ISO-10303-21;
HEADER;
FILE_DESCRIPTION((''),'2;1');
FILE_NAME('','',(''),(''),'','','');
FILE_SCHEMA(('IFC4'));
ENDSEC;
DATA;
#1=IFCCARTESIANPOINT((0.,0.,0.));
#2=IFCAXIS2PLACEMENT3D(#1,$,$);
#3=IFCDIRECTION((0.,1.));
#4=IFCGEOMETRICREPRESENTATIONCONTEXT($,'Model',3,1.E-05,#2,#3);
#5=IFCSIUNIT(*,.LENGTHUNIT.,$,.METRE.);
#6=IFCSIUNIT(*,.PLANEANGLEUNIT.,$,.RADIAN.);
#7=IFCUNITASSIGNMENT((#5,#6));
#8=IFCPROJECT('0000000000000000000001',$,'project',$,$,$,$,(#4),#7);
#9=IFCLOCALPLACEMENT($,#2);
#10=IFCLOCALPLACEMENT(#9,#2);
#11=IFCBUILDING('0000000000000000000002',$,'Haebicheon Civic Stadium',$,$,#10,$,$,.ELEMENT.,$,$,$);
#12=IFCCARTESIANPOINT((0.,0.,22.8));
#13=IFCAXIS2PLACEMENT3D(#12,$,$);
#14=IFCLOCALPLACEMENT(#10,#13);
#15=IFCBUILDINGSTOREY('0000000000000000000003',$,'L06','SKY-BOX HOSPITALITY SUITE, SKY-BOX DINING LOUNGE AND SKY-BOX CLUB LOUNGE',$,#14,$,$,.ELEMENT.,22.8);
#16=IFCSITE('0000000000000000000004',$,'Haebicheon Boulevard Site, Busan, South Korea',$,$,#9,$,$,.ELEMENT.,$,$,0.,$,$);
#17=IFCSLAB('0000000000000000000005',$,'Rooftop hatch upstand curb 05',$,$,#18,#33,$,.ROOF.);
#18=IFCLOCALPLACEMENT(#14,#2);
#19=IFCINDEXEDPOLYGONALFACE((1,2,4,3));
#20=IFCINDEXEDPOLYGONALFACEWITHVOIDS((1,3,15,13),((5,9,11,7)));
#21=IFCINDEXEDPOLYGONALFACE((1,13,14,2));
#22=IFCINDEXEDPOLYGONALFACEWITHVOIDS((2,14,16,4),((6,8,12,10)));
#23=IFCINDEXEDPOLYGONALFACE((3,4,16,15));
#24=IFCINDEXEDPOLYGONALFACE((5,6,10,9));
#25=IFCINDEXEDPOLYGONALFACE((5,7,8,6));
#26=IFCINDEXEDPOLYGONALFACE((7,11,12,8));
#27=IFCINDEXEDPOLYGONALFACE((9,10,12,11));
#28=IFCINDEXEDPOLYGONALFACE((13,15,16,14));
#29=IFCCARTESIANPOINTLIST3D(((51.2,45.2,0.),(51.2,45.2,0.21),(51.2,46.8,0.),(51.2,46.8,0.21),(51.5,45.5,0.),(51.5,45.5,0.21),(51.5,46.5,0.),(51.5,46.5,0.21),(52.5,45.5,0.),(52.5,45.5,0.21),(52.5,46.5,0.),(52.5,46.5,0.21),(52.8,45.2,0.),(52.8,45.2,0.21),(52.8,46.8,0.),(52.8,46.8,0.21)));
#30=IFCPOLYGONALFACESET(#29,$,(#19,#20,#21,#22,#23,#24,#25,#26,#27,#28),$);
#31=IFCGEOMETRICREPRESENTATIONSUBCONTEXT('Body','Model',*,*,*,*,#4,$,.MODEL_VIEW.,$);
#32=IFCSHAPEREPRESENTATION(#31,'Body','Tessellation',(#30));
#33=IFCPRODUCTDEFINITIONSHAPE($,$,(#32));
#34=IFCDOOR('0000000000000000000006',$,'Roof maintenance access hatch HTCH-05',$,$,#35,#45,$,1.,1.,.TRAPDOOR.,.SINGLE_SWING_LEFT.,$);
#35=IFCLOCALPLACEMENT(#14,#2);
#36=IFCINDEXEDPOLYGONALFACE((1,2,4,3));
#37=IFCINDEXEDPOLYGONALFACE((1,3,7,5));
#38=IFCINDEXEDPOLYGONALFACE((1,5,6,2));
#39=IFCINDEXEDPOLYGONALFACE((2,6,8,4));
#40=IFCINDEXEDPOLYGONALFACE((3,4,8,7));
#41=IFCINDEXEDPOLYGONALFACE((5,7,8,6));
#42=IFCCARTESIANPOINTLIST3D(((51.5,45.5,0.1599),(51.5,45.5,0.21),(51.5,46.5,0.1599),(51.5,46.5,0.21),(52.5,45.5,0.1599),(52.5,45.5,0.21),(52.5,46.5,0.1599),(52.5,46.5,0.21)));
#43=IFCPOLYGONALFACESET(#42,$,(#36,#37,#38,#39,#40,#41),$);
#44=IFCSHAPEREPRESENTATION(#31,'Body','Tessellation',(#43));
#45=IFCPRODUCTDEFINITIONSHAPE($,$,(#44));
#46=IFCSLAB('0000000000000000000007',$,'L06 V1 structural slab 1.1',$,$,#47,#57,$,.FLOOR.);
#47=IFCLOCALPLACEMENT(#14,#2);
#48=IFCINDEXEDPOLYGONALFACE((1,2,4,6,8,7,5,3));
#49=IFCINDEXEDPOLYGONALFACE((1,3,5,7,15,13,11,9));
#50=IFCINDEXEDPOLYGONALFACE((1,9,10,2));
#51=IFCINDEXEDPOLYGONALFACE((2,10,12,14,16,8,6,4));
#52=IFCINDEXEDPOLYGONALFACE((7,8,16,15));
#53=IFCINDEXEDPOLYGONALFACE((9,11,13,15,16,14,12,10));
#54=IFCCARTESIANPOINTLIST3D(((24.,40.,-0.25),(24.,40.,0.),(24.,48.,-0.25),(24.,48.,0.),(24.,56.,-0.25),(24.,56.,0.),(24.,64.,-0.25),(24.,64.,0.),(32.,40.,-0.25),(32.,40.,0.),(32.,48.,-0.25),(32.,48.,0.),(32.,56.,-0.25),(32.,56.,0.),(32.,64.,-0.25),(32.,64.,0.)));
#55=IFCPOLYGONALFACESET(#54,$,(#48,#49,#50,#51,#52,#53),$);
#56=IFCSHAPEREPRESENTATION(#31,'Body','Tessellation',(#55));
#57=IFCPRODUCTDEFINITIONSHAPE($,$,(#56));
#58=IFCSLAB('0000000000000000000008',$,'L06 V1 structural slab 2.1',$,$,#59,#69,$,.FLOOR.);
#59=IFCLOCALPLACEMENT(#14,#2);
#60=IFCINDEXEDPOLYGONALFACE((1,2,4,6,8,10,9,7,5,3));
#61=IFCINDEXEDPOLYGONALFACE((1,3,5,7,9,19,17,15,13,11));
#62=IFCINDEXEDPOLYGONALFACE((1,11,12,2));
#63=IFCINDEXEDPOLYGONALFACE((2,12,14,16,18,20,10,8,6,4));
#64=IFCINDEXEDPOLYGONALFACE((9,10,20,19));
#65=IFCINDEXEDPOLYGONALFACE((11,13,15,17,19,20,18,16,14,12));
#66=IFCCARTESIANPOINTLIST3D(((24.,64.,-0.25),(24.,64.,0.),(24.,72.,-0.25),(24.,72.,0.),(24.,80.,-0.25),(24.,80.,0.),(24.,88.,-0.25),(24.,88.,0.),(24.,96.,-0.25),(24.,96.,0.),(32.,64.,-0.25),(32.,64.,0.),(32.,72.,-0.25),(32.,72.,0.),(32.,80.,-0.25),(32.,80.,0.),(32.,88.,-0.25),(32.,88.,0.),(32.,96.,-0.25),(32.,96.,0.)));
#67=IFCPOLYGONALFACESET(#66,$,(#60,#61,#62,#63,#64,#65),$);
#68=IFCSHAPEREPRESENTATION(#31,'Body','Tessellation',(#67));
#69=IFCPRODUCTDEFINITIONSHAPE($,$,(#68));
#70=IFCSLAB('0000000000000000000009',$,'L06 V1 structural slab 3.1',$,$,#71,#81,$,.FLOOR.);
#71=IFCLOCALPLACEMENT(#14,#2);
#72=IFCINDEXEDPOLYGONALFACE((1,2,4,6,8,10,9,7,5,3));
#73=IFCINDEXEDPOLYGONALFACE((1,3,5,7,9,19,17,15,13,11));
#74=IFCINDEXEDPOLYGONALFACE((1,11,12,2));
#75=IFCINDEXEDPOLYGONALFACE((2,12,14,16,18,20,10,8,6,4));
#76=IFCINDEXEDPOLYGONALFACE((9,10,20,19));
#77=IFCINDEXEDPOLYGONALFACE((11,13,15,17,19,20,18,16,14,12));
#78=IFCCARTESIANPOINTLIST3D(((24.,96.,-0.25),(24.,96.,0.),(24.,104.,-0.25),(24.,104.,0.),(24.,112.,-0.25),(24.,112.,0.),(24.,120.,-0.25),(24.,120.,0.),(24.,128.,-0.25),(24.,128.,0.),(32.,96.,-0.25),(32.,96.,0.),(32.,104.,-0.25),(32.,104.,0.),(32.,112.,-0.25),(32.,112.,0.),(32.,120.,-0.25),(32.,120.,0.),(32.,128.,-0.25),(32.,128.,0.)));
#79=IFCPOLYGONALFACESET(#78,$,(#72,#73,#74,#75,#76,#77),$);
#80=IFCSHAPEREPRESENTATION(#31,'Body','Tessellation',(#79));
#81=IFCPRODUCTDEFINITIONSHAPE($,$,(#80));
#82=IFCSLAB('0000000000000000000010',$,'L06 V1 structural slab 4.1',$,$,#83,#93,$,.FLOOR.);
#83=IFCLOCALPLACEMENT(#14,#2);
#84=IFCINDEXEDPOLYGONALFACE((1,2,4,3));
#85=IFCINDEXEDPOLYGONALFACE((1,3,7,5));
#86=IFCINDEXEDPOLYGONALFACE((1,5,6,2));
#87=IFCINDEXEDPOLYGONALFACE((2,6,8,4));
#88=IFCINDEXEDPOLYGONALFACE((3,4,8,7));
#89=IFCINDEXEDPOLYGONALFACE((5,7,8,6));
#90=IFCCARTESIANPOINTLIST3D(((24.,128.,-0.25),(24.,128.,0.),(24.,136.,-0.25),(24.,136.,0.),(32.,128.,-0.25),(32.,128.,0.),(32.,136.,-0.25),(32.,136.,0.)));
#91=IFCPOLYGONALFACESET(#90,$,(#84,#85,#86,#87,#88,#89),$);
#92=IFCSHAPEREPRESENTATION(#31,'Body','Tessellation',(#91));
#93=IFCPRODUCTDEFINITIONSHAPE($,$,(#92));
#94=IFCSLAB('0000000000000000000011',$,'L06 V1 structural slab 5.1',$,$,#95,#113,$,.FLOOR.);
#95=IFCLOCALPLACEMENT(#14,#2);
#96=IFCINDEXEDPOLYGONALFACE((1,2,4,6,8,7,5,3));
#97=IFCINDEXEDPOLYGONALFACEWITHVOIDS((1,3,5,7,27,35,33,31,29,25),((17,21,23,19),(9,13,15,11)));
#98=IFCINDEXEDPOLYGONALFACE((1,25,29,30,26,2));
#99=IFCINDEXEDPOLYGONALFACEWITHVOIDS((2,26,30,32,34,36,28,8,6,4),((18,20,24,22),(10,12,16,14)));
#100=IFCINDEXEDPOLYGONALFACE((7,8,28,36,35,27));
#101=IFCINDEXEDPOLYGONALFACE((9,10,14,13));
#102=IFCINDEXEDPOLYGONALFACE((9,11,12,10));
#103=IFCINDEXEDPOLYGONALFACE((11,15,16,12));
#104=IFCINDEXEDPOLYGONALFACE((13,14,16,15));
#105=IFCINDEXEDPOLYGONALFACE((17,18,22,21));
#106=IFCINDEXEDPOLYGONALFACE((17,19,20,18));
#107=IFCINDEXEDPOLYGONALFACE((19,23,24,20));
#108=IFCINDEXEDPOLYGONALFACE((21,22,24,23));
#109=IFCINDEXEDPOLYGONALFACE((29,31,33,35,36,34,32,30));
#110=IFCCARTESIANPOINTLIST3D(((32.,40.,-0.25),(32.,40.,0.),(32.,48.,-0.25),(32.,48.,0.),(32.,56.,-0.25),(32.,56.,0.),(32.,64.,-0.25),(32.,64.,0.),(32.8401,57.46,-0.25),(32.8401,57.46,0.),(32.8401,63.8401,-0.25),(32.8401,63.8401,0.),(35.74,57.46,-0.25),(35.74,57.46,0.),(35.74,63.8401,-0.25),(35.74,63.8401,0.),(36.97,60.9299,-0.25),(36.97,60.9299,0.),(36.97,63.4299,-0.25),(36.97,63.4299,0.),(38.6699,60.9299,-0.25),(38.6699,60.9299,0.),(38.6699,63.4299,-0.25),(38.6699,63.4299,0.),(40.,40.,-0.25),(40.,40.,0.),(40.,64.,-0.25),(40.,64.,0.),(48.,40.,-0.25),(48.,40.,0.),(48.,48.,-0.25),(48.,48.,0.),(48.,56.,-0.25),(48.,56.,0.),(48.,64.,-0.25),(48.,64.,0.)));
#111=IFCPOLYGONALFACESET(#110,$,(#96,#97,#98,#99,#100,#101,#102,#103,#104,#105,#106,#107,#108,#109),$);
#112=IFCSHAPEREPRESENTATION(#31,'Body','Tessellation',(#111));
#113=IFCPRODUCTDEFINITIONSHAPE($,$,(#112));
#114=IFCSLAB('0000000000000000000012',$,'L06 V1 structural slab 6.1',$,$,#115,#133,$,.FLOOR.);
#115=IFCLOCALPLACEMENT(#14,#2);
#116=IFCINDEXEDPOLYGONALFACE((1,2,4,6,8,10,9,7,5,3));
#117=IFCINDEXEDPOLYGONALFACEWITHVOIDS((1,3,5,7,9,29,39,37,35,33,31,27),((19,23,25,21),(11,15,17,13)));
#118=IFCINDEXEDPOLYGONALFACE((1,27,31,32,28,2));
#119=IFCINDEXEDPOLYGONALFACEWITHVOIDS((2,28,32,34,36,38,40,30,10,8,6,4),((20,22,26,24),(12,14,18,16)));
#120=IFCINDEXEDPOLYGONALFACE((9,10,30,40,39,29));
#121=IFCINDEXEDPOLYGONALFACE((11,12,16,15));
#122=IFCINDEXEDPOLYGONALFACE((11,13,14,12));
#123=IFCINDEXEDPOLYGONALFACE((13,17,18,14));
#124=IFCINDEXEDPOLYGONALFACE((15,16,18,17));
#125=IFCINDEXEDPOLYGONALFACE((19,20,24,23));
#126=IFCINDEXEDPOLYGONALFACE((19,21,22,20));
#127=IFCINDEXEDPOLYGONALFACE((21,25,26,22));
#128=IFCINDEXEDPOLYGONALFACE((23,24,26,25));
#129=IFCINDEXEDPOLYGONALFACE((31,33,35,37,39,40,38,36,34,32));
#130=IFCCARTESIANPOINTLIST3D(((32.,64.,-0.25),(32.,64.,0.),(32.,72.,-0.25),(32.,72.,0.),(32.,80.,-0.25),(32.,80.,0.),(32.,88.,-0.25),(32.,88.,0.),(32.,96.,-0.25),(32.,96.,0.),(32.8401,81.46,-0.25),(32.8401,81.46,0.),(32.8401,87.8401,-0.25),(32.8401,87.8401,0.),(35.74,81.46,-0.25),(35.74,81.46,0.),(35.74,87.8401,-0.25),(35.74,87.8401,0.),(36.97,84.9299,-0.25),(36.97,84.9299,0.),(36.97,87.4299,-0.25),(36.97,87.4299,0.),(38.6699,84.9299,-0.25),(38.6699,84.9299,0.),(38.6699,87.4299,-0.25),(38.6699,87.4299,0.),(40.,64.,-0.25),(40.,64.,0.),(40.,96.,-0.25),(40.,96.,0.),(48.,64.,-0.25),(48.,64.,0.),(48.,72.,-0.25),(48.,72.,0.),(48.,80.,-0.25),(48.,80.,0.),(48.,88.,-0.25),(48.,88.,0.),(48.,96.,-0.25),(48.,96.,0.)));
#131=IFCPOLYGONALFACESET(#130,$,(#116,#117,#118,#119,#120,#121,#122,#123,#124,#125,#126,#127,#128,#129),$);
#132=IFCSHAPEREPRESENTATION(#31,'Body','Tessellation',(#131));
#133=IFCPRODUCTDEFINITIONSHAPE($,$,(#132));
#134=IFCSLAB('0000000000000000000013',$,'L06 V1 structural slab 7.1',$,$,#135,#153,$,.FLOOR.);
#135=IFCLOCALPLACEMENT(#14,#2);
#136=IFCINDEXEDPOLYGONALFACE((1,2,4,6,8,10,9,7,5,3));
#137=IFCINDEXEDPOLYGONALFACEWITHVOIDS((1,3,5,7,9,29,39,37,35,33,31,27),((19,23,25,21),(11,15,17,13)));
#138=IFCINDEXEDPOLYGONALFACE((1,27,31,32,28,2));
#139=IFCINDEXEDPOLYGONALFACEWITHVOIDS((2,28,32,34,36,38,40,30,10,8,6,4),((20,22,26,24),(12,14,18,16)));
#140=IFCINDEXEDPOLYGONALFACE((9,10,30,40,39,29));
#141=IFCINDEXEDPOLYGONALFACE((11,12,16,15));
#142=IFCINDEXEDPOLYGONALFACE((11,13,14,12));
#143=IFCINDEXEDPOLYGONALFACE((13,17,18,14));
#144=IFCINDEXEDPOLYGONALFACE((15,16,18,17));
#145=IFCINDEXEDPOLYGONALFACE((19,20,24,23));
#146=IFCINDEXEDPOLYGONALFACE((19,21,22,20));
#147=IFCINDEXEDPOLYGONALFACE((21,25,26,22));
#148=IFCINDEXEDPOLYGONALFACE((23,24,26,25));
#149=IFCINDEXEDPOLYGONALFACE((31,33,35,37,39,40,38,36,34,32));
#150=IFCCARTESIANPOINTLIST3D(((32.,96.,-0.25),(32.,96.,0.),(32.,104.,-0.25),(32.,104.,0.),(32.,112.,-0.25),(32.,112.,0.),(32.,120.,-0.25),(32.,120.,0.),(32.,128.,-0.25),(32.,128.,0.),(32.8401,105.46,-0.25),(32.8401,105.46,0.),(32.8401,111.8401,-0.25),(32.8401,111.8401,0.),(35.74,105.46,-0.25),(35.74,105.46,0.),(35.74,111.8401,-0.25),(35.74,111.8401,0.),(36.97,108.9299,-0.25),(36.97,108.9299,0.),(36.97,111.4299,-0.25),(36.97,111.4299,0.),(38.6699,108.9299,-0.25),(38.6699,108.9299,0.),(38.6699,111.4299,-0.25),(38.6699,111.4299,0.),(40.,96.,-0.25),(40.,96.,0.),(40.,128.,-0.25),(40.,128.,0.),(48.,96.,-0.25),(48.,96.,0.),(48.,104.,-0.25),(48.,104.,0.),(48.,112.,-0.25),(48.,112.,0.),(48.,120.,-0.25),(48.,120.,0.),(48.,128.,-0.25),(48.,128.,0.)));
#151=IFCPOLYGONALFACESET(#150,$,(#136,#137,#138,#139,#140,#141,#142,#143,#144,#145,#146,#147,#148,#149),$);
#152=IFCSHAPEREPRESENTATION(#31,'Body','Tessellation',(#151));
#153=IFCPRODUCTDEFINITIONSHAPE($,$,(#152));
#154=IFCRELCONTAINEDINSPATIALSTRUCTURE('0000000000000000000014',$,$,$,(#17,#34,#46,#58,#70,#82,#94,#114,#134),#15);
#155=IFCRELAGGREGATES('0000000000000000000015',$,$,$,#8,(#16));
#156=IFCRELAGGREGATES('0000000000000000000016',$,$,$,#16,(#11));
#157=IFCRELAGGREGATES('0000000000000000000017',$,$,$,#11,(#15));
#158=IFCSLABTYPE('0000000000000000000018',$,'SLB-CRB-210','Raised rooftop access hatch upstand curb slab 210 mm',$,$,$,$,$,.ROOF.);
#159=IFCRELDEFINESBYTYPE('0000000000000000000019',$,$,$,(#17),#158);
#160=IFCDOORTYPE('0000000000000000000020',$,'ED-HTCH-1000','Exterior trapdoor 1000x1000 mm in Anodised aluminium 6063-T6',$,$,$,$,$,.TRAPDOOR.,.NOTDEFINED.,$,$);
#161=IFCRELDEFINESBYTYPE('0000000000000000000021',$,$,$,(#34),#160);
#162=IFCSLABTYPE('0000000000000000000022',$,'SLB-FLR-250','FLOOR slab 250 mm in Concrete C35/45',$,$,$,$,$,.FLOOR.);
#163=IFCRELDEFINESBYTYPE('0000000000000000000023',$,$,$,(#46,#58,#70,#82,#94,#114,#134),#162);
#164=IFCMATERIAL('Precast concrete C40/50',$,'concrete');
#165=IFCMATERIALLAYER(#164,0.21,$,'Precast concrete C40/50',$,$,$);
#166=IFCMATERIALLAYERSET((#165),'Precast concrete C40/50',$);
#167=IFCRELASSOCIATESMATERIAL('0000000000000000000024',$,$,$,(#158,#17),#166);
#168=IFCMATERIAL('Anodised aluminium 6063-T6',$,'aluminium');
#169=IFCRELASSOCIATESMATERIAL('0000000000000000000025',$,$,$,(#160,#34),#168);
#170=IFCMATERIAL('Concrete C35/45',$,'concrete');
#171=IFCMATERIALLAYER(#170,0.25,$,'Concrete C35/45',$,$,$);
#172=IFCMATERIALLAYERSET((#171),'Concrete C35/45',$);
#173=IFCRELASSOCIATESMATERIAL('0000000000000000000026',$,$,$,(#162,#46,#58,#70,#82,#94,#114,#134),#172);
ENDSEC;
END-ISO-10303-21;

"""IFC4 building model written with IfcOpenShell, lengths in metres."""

from ifc_helpers import new_model, si_unit, direction, frame, origin, origin_2d, place, context, subcontext, project, spatial, polyline, rectangle, outline, extrude, material, layer, layer_set, type_object, element, fill, save


model = new_model("IFC4")

# Units and contexts
model_context = context("Model", 3, precision=1e-05, world=origin(), true_north=direction((0.0, 1.0)))
body_context = subcontext(model_context, "Body", "Model", "MODEL_VIEW")
ifc_project = project(units=[si_unit("LENGTHUNIT", "METRE"), si_unit("PLANEANGLEUNIT", "RADIAN")], contexts=[model_context])

# Site, building, storey
site_placement = place(None, origin())
site = spatial("IfcSite", under=ifc_project, at=site_placement, Name="Haebicheon Boulevard Site, Busan, South Korea", CompositionType="ELEMENT", RefElevation=0.0)
building_placement = place(site_placement, origin())
building = spatial("IfcBuilding", under=site, at=building_placement, Name="Haebicheon Civic Stadium", CompositionType="ELEMENT")
storey_placement = place(building_placement, frame((0.0, 0.0, 22.8)))
storey = spatial("IfcBuildingStorey", under=building, at=storey_placement, Name="L06", Description="SKY-BOX HOSPITALITY SUITE, SKY-BOX DINING LOUNGE AND SKY-BOX CLUB LOUNGE", CompositionType="ELEMENT", Elevation=22.8)

# Slab, opening, door
ifc_material_1 = material(Name="Precast concrete C40/50", Category="concrete")
ifc_layer_1 = layer(ifc_material_1, 0.21, Name="Precast concrete C40/50")
ifc_layer_set_1 = layer_set([ifc_layer_1], Name="Precast concrete C40/50")
slab_type_1 = type_object("IfcSlabType", Name="SLB-CRB-210", Description="Raised rooftop access hatch upstand curb slab 210 mm", PredefinedType="ROOF", material=ifc_layer_set_1)
slab_1_placement = place(storey_placement, origin())
slab_1 = element("IfcSlab", 1, at=slab_1_placement, inside=storey, type_object=slab_type_1, material=ifc_layer_set_1, Name="Rooftop hatch upstand curb 05", PredefinedType="ROOF", context=body_context, shape_type="SweptSolid", body=[
    extrude(outline(polyline([(51.2, 45.2), (52.8, 45.2), (52.8, 46.8), (51.2, 46.8), (51.2, 45.2)]), holes=[polyline([(51.5, 45.5), (52.5, 45.5), (52.5, 46.5), (51.5, 46.5), (51.5, 45.5)])]), origin(), (0.0, 0.0, 1.0), 0.21),
])
opening_placement = place(slab_1_placement, frame((52.0, 46.0, -0.01)))
opening = element("IfcOpeningElement", 2, at=opening_placement, cuts=slab_1, PredefinedType="OPENING", context=body_context, shape_type="SweptSolid", body=[
    extrude(rectangle(XDim=1.0, YDim=1.0, at=origin_2d()), origin(), (0.0, 0.0, 1.0), 0.23),
])
ifc_material_2 = material(Name="Anodised aluminium 6063-T6", Category="aluminium")
door_type = type_object("IfcDoorType", Name="ED-HTCH-1000", Description="Exterior trapdoor 1000x1000 mm in Anodised aluminium 6063-T6", OperationType="NOTDEFINED", PredefinedType="TRAPDOOR", material=ifc_material_2)
door_placement = place(slab_1_placement, frame((52.0, 46.0, 0.1599)))
door = element("IfcDoor", 3, at=door_placement, inside=storey, type_object=door_type, material=ifc_material_2, Name="Roof maintenance access hatch HTCH-05", OperationType="SINGLE_SWING_LEFT", OverallHeight=1.0, OverallWidth=1.0, PredefinedType="TRAPDOOR", context=body_context, shape_type="SweptSolid", body=[
    extrude(rectangle(XDim=1.0, YDim=1.0, at=origin_2d()), origin(), (0.0, 0.0, 1.0), 0.05),
])
fill(opening, door)

# Slabs
ifc_material_3 = material(Name="Concrete C35/45", Category="concrete")
ifc_layer_2 = layer(ifc_material_3, 0.25, Name="Concrete C35/45")
ifc_layer_set_2 = layer_set([ifc_layer_2], Name="Concrete C35/45")
slab_type_2 = type_object("IfcSlabType", Name="SLB-FLR-250", Description="FLOOR slab 250 mm in Concrete C35/45", PredefinedType="FLOOR", material=ifc_layer_set_2)
slab_2_placement = place(storey_placement, frame((0.0, 0.0, -0.25)))
element("IfcSlab", 4, at=slab_2_placement, inside=storey, type_object=slab_type_2, material=ifc_layer_set_2, Name="L06 V1 structural slab 1.1", PredefinedType="FLOOR", context=body_context, shape_type="SweptSolid", body=[
    extrude(outline(polyline([(32.0, 40.0), (24.0, 40.0), (24.0, 48.0), (24.0, 56.0), (24.0, 64.0), (32.0, 64.0), (32.0, 56.0), (32.0, 48.0), (32.0, 40.0)])), origin(), (0.0, 0.0, 1.0), 0.25),
])
slab_3_placement = place(storey_placement, frame((0.0, 0.0, -0.25)))
element("IfcSlab", 5, at=slab_3_placement, inside=storey, type_object=slab_type_2, material=ifc_layer_set_2, Name="L06 V1 structural slab 2.1", PredefinedType="FLOOR", context=body_context, shape_type="SweptSolid", body=[
    extrude(outline(polyline([(24.0, 64.0), (24.0, 72.0), (24.0, 80.0), (24.0, 88.0), (24.0, 96.0), (32.0, 96.0), (32.0, 88.0), (32.0, 80.0), (32.0, 72.0), (32.0, 64.0), (24.0, 64.0)])), origin(), (0.0, 0.0, 1.0), 0.25),
])
slab_4_placement = place(storey_placement, frame((0.0, 0.0, -0.25)))
element("IfcSlab", 6, at=slab_4_placement, inside=storey, type_object=slab_type_2, material=ifc_layer_set_2, Name="L06 V1 structural slab 3.1", PredefinedType="FLOOR", context=body_context, shape_type="SweptSolid", body=[
    extrude(outline(polyline([(24.0, 96.0), (24.0, 104.0), (24.0, 112.0), (24.0, 120.0), (24.0, 128.0), (32.0, 128.0), (32.0, 120.0), (32.0, 112.0), (32.0, 104.0), (32.0, 96.0), (24.0, 96.0)])), origin(), (0.0, 0.0, 1.0), 0.25),
])
slab_5_placement = place(storey_placement, frame((0.0, 0.0, -0.25)))
element("IfcSlab", 7, at=slab_5_placement, inside=storey, type_object=slab_type_2, material=ifc_layer_set_2, Name="L06 V1 structural slab 4.1", PredefinedType="FLOOR", context=body_context, shape_type="SweptSolid", body=[
    extrude(outline(polyline([(32.0, 128.0), (24.0, 128.0), (24.0, 136.0), (32.0, 136.0), (32.0, 128.0)])), origin(), (0.0, 0.0, 1.0), 0.25),
])
slab_6_placement = place(storey_placement, frame((0.0, 0.0, -0.25)))
element("IfcSlab", 8, at=slab_6_placement, inside=storey, type_object=slab_type_2, material=ifc_layer_set_2, Name="L06 V1 structural slab 5.1", PredefinedType="FLOOR", context=body_context, shape_type="SweptSolid", body=[
    extrude(outline(polyline([(32.0, 48.0), (32.0, 56.0), (32.0, 64.0), (40.0, 64.0), (48.0, 64.0), (48.0, 56.0), (48.0, 48.0), (48.0, 40.0), (40.0, 40.0), (32.0, 40.0), (32.0, 48.0)]), holes=[polyline([(32.8401, 57.46), (35.74, 57.46), (35.74, 63.8401), (32.8401, 63.8401), (32.8401, 57.46)]), polyline([(36.97, 60.9299), (38.6699, 60.9299), (38.6699, 63.4299), (36.97, 63.4299), (36.97, 60.9299)])]), origin(), (0.0, 0.0, 1.0), 0.25),
])
slab_7_placement = place(storey_placement, frame((0.0, 0.0, -0.25)))
element("IfcSlab", 9, at=slab_7_placement, inside=storey, type_object=slab_type_2, material=ifc_layer_set_2, Name="L06 V1 structural slab 6.1", PredefinedType="FLOOR", context=body_context, shape_type="SweptSolid", body=[
    extrude(outline(polyline([(32.0, 80.0), (32.0, 88.0), (32.0, 96.0), (40.0, 96.0), (48.0, 96.0), (48.0, 88.0), (48.0, 80.0), (48.0, 72.0), (48.0, 64.0), (40.0, 64.0), (32.0, 64.0), (32.0, 72.0), (32.0, 80.0)]), holes=[polyline([(32.8401, 81.46), (35.74, 81.46), (35.74, 87.8401), (32.8401, 87.8401), (32.8401, 81.46)]), polyline([(36.97, 84.9299), (38.6699, 84.9299), (38.6699, 87.4299), (36.97, 87.4299), (36.97, 84.9299)])]), origin(), (0.0, 0.0, 1.0), 0.25),
])
slab_8_placement = place(storey_placement, frame((0.0, 0.0, -0.25)))
element("IfcSlab", 10, at=slab_8_placement, inside=storey, type_object=slab_type_2, material=ifc_layer_set_2, Name="L06 V1 structural slab 7.1", PredefinedType="FLOOR", context=body_context, shape_type="SweptSolid", body=[
    extrude(outline(polyline([(32.0, 112.0), (32.0, 120.0), (32.0, 128.0), (40.0, 128.0), (48.0, 128.0), (48.0, 120.0), (48.0, 112.0), (48.0, 104.0), (48.0, 96.0), (40.0, 96.0), (32.0, 96.0), (32.0, 104.0), (32.0, 112.0)]), holes=[polyline([(32.8401, 105.46), (35.74, 105.46), (35.74, 111.8401), (32.8401, 111.8401), (32.8401, 105.46)]), polyline([(36.97, 108.9299), (38.6699, 108.9299), (38.6699, 111.4299), (36.97, 111.4299), (36.97, 108.9299)])]), origin(), (0.0, 0.0, 1.0), 0.25),
])

save(model, "model.ifc")
